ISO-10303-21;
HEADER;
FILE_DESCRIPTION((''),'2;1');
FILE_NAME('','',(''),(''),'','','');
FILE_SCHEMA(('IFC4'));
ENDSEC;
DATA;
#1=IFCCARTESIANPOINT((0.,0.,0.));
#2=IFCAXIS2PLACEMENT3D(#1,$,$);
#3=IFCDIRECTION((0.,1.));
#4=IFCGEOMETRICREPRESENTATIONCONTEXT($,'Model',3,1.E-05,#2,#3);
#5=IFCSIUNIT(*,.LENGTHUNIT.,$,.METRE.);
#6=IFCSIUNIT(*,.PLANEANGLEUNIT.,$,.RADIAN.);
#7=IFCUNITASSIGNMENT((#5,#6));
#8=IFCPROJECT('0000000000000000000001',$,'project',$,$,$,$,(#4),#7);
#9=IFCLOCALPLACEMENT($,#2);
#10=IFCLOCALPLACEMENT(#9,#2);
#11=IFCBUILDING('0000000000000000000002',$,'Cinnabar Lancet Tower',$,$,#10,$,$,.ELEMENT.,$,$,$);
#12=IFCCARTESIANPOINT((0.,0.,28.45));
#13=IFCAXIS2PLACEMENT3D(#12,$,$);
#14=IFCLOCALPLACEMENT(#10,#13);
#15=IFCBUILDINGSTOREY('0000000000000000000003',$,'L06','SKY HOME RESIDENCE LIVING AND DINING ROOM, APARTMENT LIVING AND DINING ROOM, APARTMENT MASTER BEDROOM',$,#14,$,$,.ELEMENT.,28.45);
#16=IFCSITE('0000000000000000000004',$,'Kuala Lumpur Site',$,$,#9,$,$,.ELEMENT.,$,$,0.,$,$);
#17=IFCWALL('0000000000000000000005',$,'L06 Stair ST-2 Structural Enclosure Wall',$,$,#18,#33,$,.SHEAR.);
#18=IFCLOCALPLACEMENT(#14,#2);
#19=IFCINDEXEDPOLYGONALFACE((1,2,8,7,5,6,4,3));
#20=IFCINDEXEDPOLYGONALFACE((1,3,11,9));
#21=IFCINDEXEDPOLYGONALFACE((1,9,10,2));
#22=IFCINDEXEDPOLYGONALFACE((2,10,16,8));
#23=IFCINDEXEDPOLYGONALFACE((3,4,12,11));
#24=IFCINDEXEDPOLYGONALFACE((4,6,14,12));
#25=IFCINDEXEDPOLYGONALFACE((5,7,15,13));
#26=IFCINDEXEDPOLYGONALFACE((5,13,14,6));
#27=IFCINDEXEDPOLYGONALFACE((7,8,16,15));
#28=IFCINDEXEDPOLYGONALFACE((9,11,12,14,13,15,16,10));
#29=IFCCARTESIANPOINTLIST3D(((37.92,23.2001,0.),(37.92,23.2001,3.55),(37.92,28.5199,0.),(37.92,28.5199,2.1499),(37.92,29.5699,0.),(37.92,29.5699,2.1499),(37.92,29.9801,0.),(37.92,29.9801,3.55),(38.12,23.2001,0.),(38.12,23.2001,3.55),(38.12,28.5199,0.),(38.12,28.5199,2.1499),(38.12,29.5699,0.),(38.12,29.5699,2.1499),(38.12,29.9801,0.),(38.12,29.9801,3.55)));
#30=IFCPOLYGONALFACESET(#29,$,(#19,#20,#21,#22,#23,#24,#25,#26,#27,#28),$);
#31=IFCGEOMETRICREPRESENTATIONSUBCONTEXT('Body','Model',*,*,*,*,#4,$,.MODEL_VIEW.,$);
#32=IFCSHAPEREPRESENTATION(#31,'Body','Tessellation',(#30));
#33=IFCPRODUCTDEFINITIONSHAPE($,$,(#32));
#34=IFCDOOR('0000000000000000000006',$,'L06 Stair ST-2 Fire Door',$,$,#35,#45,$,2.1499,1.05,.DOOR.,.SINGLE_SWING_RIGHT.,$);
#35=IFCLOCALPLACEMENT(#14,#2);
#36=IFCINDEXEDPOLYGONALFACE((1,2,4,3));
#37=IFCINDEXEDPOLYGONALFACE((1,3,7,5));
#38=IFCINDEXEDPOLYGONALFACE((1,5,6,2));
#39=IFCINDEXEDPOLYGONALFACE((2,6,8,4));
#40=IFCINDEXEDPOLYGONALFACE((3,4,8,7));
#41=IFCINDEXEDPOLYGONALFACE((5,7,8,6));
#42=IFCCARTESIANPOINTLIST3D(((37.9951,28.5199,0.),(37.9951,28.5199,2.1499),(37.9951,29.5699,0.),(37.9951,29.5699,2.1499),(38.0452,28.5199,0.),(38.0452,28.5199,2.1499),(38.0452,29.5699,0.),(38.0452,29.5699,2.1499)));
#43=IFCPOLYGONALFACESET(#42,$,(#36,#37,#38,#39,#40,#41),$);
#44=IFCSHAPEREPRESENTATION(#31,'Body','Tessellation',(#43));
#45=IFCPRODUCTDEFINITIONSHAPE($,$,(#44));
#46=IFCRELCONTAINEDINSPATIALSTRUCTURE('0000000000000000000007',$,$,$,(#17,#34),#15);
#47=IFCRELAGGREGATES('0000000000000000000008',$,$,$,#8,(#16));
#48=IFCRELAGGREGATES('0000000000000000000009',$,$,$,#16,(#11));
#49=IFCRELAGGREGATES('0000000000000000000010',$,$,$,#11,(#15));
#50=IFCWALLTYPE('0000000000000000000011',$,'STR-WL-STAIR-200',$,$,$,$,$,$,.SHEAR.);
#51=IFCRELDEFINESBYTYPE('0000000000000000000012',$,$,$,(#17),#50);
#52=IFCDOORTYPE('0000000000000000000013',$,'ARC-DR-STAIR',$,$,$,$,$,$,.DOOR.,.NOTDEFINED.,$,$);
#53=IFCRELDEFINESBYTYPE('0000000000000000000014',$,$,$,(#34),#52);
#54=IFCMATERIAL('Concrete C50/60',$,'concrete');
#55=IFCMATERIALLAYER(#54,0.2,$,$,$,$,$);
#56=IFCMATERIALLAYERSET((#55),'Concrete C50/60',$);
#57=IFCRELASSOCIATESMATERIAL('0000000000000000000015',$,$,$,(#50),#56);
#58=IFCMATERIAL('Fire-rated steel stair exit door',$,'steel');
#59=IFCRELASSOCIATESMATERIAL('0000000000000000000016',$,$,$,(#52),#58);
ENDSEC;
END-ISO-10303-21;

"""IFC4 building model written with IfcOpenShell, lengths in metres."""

from ifc_helpers import new_model, si_unit, direction, frame, frame_2d, origin, place, context, subcontext, project, spatial, rectangle, extrude, material, layer, layer_set, type_object, element, fill, save


model = new_model("IFC4")

# Units and contexts
model_context = context("Model", 3, precision=1e-05, world=origin(), true_north=direction((0.0, 1.0)))
body_context = subcontext(model_context, "Body", "Model", "MODEL_VIEW")
ifc_project = project(units=[si_unit("LENGTHUNIT", "METRE"), si_unit("PLANEANGLEUNIT", "RADIAN")], contexts=[model_context])

# Site, building, storey
site_placement = place(None, origin())
site = spatial("IfcSite", under=ifc_project, at=site_placement, Name="Kuala Lumpur Site", CompositionType="ELEMENT", RefElevation=0.0)
building_placement = place(site_placement, origin())
building = spatial("IfcBuilding", under=site, at=building_placement, Name="Cinnabar Lancet Tower", CompositionType="ELEMENT")
storey_placement = place(building_placement, frame((0.0, 0.0, 28.45)))
storey = spatial("IfcBuildingStorey", under=building, at=storey_placement, Name="L06", Description="SKY HOME RESIDENCE LIVING AND DINING ROOM, APARTMENT LIVING AND DINING ROOM, APARTMENT MASTER BEDROOM", CompositionType="ELEMENT", Elevation=28.45)

# Wall, opening, door
ifc_material_1 = material(Name="Concrete C50/60", Category="concrete")
ifc_layer_1 = layer(ifc_material_1, 0.2)
ifc_layer_set_1 = layer_set([ifc_layer_1], Name="Concrete C50/60")
wall_type_1 = type_object("IfcWallType", Name="STR-WL-STAIR-200", PredefinedType="SHEAR", material=ifc_layer_set_1)
wall_1_placement = place(storey_placement, frame((38.02, 23.2, 0.0), z_axis=(0.0, 0.0, 1.0), x_axis=(0.0, 1.0, 0.0)))
wall_1 = element("IfcWall", 1, at=wall_1_placement, inside=storey, type_object=wall_type_1, Name="L06 Stair ST-2 Structural Enclosure Wall", PredefinedType="SHEAR", context=body_context, shape_type="SweptSolid", body=[
    extrude(rectangle(XDim=6.78, YDim=0.2, at=frame_2d((3.3901, 0.0))), origin(), (0.0, 0.0, 1.0), 3.55),
])
opening_1_placement = place(wall_1_placement, frame((5.3201, 0.0, 0.0)))
opening_1 = element("IfcOpeningElement", 2, at=opening_1_placement, cuts=wall_1, PredefinedType="OPENING", context=body_context, shape_type="SweptSolid", body=[
    extrude(rectangle(XDim=1.05, YDim=2.1499, at=frame_2d((0.5249, 1.075))), frame((0.0, 0.1099, 0.0), z_axis=(0.0, -1.0, 0.0), x_axis=(1.0, 0.0, 0.0)), (0.0, 0.0, 1.0), 0.22),
])
ifc_material_2 = material(Name="Fire-rated steel stair exit door", Category="steel")
door_type_1 = type_object("IfcDoorType", Name="ARC-DR-STAIR", OperationType="NOTDEFINED", PredefinedType="DOOR", material=ifc_material_2)
door_1_placement = place(opening_1_placement, origin())
door_1 = element("IfcDoor", 3, at=door_1_placement, inside=storey, type_object=door_type_1, Name="L06 Stair ST-2 Fire Door", OperationType="SINGLE_SWING_RIGHT", OverallHeight=2.1499, OverallWidth=1.05, PredefinedType="DOOR", context=body_context, shape_type="SweptSolid", body=[
    extrude(rectangle(XDim=1.05, YDim=2.1499, at=frame_2d((0.5249, 1.075))), frame((0.0, 0.0249, 0.0), z_axis=(0.0, -1.0, 0.0), x_axis=(1.0, 0.0, 0.0)), (0.0, 0.0, 1.0), 0.05),
])
fill(opening_1, door_1)

save(model, "model.ifc")
